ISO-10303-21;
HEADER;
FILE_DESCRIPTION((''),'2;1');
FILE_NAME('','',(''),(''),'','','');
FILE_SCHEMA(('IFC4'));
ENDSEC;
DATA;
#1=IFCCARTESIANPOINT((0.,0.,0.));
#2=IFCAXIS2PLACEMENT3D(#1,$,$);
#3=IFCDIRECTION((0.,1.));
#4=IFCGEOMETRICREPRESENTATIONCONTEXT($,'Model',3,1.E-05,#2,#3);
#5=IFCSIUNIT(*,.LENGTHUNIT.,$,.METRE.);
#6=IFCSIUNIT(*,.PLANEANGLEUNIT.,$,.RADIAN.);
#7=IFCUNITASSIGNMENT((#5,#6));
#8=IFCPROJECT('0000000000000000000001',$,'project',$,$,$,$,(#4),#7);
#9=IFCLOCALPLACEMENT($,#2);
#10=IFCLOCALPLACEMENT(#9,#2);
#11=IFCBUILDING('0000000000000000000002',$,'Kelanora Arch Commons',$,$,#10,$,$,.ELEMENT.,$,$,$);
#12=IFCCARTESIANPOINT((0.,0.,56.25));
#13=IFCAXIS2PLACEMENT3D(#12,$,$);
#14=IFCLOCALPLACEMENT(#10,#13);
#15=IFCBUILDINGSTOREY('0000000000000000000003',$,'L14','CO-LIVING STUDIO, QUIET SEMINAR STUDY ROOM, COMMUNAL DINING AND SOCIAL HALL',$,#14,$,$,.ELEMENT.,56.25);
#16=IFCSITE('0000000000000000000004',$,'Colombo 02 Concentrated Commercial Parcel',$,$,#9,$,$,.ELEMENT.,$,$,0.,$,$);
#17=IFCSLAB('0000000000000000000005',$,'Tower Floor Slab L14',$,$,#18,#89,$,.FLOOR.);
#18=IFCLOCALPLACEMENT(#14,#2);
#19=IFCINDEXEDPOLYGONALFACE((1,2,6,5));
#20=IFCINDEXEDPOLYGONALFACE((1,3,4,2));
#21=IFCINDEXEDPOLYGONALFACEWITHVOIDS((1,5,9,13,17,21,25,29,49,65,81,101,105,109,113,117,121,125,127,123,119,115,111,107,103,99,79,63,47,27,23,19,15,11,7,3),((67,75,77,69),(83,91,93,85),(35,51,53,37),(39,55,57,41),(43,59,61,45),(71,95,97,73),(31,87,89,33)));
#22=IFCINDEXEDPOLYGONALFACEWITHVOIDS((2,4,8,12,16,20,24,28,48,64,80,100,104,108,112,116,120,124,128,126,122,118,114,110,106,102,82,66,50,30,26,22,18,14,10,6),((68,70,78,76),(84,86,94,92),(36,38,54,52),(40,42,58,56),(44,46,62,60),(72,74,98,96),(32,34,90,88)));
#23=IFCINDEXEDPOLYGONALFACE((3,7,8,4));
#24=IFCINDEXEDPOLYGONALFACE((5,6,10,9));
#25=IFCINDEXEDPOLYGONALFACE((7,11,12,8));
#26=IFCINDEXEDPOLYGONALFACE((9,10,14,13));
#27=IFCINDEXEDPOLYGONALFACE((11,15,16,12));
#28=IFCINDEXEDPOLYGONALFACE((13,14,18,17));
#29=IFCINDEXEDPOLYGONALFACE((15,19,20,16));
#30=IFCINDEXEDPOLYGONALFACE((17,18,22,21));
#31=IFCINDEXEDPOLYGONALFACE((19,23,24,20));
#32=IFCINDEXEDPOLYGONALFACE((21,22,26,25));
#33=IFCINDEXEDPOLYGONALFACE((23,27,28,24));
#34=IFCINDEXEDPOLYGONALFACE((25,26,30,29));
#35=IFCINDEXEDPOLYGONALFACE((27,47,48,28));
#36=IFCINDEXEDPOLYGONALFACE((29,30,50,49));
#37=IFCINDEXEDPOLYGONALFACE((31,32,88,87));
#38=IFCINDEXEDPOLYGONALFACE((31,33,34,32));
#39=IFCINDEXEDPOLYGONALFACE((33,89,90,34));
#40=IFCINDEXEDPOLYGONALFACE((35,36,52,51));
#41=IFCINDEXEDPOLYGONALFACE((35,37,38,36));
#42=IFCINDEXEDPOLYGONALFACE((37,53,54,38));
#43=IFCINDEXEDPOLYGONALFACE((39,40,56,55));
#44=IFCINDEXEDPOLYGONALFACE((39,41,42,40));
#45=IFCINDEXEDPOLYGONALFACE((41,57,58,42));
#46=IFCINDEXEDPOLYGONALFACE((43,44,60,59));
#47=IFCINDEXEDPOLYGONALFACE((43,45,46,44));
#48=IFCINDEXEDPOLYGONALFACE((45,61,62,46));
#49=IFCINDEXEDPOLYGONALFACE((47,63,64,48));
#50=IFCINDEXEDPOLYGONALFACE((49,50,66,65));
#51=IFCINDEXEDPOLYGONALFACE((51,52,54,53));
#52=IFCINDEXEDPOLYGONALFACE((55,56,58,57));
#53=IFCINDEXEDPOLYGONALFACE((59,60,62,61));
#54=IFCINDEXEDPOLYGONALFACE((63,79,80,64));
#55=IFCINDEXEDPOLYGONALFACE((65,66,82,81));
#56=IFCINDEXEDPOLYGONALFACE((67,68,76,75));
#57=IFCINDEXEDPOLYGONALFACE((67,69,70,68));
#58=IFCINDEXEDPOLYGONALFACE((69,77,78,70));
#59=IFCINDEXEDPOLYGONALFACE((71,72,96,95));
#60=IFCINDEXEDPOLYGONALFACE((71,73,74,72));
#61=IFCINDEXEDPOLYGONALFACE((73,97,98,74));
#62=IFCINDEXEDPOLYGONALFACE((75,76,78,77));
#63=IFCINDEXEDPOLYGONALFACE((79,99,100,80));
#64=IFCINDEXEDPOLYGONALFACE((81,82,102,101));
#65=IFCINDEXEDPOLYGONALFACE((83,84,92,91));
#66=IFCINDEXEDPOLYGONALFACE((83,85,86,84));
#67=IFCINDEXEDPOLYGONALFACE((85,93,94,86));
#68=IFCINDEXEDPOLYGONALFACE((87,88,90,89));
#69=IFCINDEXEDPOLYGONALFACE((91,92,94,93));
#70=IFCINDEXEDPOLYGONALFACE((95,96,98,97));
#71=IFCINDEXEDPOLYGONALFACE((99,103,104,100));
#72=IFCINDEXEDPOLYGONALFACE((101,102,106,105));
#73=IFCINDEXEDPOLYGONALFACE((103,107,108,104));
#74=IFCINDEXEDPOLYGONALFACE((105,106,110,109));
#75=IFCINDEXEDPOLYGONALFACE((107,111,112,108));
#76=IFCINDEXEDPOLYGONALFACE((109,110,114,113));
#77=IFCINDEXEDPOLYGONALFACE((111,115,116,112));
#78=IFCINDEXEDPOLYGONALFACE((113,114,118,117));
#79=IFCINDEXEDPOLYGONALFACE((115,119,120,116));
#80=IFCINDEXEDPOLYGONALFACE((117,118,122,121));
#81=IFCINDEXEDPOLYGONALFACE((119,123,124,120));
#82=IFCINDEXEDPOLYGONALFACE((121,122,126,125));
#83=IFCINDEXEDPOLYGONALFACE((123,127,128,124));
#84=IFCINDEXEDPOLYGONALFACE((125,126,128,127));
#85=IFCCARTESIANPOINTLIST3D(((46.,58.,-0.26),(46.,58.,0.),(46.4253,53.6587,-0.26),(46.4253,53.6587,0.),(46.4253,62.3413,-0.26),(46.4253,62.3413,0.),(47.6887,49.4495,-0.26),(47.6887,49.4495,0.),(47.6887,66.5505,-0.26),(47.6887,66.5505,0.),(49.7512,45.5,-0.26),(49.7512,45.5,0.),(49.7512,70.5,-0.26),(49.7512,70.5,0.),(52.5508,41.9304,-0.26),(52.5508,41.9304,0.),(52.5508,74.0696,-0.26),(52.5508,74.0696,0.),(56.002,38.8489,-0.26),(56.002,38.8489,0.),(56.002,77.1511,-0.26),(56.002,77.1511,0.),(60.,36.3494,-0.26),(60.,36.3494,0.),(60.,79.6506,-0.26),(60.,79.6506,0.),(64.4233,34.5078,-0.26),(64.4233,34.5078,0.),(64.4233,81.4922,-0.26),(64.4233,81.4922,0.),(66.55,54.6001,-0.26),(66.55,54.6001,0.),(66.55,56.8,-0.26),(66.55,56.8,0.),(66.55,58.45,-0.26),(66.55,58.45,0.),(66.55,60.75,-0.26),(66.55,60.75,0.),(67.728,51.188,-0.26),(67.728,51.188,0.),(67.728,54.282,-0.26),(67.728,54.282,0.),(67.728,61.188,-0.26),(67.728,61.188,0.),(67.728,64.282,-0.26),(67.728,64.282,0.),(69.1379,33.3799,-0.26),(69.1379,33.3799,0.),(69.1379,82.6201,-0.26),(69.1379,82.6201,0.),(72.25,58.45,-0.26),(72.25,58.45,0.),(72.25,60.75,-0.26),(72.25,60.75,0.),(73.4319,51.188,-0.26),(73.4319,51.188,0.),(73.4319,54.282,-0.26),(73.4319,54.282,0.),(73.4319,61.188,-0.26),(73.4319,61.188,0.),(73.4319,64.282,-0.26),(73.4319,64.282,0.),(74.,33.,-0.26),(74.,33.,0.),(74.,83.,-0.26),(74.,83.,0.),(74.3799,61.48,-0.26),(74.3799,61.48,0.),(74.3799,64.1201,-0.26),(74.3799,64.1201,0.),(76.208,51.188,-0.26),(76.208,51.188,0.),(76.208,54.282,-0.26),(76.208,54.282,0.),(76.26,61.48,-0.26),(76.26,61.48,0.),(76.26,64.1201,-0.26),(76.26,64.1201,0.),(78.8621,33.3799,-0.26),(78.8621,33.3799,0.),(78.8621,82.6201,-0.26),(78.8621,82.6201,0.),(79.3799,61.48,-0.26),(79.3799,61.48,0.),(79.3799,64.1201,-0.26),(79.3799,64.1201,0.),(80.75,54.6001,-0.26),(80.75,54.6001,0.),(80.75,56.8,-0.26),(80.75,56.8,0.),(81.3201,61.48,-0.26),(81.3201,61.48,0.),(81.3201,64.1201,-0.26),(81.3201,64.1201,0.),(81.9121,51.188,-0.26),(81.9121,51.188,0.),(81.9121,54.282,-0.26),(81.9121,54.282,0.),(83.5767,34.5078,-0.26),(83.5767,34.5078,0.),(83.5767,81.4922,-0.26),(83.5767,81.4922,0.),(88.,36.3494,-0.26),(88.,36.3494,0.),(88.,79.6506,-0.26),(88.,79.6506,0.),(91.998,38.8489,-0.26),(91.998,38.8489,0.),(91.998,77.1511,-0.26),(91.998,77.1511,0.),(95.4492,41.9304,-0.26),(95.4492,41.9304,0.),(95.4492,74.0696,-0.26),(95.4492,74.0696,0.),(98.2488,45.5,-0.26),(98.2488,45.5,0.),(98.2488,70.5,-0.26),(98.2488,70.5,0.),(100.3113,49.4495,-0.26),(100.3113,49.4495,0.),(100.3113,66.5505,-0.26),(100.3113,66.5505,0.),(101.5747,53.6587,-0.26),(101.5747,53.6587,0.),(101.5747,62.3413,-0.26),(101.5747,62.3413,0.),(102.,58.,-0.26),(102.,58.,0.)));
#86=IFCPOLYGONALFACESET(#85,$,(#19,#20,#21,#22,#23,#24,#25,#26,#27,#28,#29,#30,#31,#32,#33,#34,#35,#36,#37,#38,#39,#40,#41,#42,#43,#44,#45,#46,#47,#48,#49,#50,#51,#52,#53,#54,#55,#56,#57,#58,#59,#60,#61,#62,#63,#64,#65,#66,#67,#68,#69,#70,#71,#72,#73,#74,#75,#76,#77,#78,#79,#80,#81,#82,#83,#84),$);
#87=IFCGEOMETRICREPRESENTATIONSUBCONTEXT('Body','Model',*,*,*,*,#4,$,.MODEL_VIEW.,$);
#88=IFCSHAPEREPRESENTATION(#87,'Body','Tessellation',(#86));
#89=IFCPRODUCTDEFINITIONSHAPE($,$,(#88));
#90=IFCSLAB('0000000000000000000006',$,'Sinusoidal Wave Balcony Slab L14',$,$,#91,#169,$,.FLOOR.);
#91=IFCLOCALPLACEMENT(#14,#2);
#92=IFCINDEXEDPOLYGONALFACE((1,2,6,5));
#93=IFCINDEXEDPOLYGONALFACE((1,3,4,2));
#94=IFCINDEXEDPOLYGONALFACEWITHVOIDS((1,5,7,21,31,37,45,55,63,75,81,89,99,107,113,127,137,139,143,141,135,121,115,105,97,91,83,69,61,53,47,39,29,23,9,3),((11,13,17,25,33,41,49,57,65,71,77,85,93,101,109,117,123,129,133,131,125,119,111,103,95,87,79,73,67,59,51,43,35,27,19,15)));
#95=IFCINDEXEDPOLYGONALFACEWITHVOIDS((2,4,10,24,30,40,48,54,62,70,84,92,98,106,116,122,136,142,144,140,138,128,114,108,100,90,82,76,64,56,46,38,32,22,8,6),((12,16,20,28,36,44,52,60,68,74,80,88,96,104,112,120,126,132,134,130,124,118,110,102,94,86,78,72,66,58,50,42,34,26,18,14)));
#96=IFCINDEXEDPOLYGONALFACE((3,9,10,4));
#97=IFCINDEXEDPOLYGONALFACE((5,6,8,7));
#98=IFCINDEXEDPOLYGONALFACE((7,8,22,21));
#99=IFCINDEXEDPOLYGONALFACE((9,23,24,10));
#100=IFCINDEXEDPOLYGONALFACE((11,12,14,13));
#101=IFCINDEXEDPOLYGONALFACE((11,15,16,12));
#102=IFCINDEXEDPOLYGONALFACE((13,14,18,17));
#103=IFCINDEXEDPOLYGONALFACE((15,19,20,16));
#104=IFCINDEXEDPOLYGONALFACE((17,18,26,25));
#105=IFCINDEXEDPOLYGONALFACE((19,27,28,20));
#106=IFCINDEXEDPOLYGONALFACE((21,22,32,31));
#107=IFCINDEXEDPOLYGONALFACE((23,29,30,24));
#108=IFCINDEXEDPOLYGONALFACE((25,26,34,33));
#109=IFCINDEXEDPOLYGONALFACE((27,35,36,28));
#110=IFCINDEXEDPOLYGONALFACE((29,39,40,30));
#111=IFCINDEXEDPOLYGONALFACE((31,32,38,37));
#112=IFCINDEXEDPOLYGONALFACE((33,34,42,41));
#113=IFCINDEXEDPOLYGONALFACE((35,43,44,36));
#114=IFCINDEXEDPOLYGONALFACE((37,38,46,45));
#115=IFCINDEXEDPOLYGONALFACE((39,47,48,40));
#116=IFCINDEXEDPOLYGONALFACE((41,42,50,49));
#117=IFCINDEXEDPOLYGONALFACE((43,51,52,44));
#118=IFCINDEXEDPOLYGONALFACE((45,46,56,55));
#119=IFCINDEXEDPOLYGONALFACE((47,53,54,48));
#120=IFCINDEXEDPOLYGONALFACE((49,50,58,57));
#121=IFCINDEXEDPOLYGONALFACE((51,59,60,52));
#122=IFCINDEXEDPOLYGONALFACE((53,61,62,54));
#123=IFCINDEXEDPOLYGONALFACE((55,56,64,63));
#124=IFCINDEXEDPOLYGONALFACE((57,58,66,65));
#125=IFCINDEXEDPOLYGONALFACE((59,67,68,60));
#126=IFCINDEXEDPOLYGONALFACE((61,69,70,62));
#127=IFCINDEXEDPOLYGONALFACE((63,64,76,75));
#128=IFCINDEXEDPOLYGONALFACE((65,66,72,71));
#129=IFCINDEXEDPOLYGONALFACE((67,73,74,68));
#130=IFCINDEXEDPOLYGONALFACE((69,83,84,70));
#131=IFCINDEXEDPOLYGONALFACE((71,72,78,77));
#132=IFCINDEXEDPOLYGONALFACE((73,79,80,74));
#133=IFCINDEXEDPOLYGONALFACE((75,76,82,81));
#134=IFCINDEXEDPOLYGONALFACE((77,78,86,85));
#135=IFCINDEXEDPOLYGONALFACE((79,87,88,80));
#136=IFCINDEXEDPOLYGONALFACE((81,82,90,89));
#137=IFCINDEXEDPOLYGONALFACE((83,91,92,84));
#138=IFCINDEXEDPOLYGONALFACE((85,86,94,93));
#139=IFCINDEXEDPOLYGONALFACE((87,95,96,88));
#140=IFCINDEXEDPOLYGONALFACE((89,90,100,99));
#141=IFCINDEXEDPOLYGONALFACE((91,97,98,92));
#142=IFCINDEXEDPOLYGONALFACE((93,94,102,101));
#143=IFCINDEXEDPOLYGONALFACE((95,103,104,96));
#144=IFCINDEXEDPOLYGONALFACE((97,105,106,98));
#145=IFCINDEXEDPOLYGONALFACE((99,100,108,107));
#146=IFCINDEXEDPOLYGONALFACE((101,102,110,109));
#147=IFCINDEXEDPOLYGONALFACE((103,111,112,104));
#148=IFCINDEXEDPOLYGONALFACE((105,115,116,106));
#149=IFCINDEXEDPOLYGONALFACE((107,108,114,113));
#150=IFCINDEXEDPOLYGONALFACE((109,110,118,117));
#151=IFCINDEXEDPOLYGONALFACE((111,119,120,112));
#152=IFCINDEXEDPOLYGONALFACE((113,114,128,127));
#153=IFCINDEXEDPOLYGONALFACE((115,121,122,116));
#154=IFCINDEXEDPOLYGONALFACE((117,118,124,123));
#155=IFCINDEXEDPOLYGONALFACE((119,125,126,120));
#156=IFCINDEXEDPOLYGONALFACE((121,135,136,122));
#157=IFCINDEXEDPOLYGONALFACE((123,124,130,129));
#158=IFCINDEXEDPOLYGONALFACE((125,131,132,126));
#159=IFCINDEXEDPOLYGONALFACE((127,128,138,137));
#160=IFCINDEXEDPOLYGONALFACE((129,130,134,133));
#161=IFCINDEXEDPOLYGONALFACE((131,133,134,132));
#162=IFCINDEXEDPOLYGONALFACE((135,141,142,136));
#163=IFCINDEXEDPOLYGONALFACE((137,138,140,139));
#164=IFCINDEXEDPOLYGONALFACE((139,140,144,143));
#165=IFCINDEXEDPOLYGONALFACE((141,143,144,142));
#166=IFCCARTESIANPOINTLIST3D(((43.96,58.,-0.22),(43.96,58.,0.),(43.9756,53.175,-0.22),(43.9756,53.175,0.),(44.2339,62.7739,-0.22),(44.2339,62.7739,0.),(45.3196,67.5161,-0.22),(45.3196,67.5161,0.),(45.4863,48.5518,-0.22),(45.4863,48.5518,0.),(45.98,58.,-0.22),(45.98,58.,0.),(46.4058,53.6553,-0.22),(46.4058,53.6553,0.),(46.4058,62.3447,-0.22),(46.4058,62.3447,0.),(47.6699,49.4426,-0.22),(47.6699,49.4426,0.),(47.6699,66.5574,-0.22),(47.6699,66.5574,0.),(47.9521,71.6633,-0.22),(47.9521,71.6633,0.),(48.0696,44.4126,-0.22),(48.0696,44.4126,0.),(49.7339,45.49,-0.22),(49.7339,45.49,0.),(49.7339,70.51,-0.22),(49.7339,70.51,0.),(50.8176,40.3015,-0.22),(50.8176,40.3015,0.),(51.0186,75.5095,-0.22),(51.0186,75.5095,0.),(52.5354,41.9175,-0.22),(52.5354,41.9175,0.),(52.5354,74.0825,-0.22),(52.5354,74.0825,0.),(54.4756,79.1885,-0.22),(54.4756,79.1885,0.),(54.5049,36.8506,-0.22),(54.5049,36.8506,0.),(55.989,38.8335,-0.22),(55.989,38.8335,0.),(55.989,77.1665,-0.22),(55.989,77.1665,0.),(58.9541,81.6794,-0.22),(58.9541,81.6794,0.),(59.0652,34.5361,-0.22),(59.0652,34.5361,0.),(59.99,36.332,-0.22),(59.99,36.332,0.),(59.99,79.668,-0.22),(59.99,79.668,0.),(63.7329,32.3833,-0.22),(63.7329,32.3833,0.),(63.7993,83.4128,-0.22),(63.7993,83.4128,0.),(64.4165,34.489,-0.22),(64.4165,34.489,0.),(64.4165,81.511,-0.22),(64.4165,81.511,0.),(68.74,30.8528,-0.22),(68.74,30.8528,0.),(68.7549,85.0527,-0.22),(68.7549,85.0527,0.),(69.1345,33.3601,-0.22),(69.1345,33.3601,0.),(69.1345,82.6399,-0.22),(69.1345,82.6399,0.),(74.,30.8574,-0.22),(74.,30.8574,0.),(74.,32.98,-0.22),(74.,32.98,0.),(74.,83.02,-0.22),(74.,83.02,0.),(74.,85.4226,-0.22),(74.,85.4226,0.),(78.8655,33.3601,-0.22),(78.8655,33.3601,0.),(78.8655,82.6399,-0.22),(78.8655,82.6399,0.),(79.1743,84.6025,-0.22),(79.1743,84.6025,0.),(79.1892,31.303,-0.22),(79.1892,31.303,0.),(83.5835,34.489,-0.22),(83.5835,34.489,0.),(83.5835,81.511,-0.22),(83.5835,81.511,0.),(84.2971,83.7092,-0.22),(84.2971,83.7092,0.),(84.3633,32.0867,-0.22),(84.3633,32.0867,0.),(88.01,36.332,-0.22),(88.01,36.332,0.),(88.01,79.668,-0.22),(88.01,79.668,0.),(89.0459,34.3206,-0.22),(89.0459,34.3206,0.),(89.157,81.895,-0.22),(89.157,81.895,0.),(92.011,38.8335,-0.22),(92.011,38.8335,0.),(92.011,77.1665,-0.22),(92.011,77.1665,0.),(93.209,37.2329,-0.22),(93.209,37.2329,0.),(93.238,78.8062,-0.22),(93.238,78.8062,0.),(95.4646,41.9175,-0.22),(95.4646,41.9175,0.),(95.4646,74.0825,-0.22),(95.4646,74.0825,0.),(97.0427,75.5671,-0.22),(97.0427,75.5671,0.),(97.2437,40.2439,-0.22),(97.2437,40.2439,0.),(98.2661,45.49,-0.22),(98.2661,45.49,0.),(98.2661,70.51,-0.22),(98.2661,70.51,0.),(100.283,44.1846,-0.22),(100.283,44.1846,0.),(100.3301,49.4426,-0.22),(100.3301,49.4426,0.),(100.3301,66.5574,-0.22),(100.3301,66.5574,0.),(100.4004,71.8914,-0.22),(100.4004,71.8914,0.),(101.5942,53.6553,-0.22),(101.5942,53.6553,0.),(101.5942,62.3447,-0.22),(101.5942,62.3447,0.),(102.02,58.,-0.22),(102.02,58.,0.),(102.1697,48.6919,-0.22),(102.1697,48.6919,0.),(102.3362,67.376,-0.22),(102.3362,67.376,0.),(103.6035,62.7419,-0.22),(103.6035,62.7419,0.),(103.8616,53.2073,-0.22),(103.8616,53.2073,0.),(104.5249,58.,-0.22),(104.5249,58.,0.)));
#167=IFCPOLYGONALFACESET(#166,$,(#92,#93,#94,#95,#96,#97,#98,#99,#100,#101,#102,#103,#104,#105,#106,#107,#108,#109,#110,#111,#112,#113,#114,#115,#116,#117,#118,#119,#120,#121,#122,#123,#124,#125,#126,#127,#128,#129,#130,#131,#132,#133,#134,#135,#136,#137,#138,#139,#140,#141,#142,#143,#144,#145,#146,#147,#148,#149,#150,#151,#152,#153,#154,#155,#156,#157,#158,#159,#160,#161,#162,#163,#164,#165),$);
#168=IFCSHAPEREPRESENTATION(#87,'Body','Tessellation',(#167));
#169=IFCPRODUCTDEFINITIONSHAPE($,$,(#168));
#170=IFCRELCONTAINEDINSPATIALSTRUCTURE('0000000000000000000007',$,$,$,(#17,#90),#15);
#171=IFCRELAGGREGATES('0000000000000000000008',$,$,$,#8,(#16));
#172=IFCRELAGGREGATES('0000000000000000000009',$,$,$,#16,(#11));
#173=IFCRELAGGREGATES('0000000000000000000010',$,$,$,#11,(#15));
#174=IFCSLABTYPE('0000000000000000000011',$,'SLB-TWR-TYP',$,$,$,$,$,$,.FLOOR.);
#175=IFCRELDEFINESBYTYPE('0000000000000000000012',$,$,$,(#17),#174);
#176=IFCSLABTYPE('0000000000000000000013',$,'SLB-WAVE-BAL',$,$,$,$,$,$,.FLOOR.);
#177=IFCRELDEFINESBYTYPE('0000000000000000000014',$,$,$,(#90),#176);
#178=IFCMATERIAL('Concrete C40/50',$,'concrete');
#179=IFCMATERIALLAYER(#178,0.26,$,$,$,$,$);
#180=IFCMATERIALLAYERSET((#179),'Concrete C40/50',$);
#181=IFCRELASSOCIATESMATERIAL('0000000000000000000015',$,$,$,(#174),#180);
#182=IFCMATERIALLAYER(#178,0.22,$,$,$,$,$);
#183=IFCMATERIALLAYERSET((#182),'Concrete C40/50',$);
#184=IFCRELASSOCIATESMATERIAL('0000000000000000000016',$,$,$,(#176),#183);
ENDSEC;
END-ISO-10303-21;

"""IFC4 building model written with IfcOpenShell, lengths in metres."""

from ifc_helpers import new_model, si_unit, direction, frame, origin, place, context, subcontext, project, spatial, polyline, outline, extrude, material, layer, layer_set, type_object, element, save


model = new_model("IFC4")

# Units and contexts
model_context = context("Model", 3, precision=1e-05, world=origin(), true_north=direction((0.0, 1.0)))
body_context = subcontext(model_context, "Body", "Model", "MODEL_VIEW")
ifc_project = project(units=[si_unit("LENGTHUNIT", "METRE"), si_unit("PLANEANGLEUNIT", "RADIAN")], contexts=[model_context])

# Site, building, storey
site_placement = place(None, origin())
site = spatial("IfcSite", under=ifc_project, at=site_placement, Name="Colombo 02 Concentrated Commercial Parcel", CompositionType="ELEMENT", RefElevation=0.0)
building_placement = place(site_placement, origin())
building = spatial("IfcBuilding", under=site, at=building_placement, Name="Kelanora Arch Commons", CompositionType="ELEMENT")
storey_placement = place(building_placement, frame((0.0, 0.0, 56.25)))
storey = spatial("IfcBuildingStorey", under=building, at=storey_placement, Name="L14", Description="CO-LIVING STUDIO, QUIET SEMINAR STUDY ROOM, COMMUNAL DINING AND SOCIAL HALL", CompositionType="ELEMENT", Elevation=56.25)

# Shared definitions
ifc_material_1 = material(Name="Concrete C40/50", Category="concrete")

# Slabs
ifc_layer_1 = layer(ifc_material_1, 0.26)
ifc_layer_set_1 = layer_set([ifc_layer_1], Name="Concrete C40/50")
slab_type_1 = type_object("IfcSlabType", Name="SLB-TWR-TYP", PredefinedType="FLOOR", material=ifc_layer_set_1)
slab_1_placement = place(storey_placement, frame((0.0, 0.0, -0.26)))
element("IfcSlab", 1, at=slab_1_placement, inside=storey, type_object=slab_type_1, Name="Tower Floor Slab L14", PredefinedType="FLOOR", context=body_context, shape_type="SweptSolid", body=[
    extrude(outline(polyline([(102.0, 58.0), (101.5747, 62.3413), (100.3113, 66.5505), (98.2488, 70.5), (95.4492, 74.0696), (91.998, 77.1511), (88.0, 79.6506), (83.5767, 81.4922), (78.8621, 82.6201), (74.0, 83.0), (69.1379, 82.6201), (64.4233, 81.4922), (60.0, 79.6506), (56.002, 77.1511), (52.5508, 74.0696), (49.7512, 70.5), (47.6887, 66.5505), (46.4253, 62.3413), (46.0, 58.0), (46.4253, 53.6587), (47.6887, 49.4495), (49.7512, 45.5), (52.5508, 41.9304), (56.002, 38.8489), (60.0, 36.3494), (64.4233, 34.5078), (69.1379, 33.3799), (74.0, 33.0), (78.8621, 33.3799), (83.5767, 34.5078), (88.0, 36.3494), (91.998, 38.8489), (95.4492, 41.9304), (98.2488, 45.5), (100.3113, 49.4495), (101.5747, 53.6587), (102.0, 58.0)]), holes=[polyline([(73.4319, 51.188), (67.728, 51.188), (67.728, 54.282), (73.4319, 54.282), (73.4319, 51.188)]), polyline([(76.208, 51.188), (76.208, 54.282), (81.9121, 54.282), (81.9121, 51.188), (76.208, 51.188)]), polyline([(66.55, 54.6001), (66.55, 56.8), (80.75, 56.8), (80.75, 54.6001), (66.55, 54.6001)]), polyline([(66.55, 58.45), (66.55, 60.75), (72.25, 60.75), (72.25, 58.45), (66.55, 58.45)]), polyline([(67.728, 61.188), (67.728, 64.282), (73.4319, 64.282), (73.4319, 61.188), (67.728, 61.188)]), polyline([(74.3799, 61.48), (74.3799, 64.1201), (76.26, 64.1201), (76.26, 61.48), (74.3799, 61.48)]), polyline([(79.3799, 61.48), (79.3799, 64.1201), (81.3201, 64.1201), (81.3201, 61.48), (79.3799, 61.48)])]), origin(), (0.0, 0.0, 1.0), 0.26),
])
ifc_layer_2 = layer(ifc_material_1, 0.22)
ifc_layer_set_2 = layer_set([ifc_layer_2], Name="Concrete C40/50")
slab_type_2 = type_object("IfcSlabType", Name="SLB-WAVE-BAL", PredefinedType="FLOOR", material=ifc_layer_set_2)
slab_2_placement = place(storey_placement, frame((0.0, 0.0, -0.22)))
element("IfcSlab", 2, at=slab_2_placement, inside=storey, type_object=slab_type_2, Name="Sinusoidal Wave Balcony Slab L14", PredefinedType="FLOOR", context=body_context, shape_type="SweptSolid", body=[
    extrude(outline(polyline([(104.5249, 58.0), (103.6035, 62.7419), (102.3362, 67.376), (100.4004, 71.8914), (97.0427, 75.5671), (93.238, 78.8062), (89.157, 81.895), (84.2971, 83.7092), (79.1743, 84.6025), (74.0, 85.4226), (68.7549, 85.0527), (63.7993, 83.4128), (58.9541, 81.6794), (54.4756, 79.1885), (51.0186, 75.5095), (47.9521, 71.6633), (45.3196, 67.5161), (44.2339, 62.7739), (43.96, 58.0), (43.9756, 53.175), (45.4863, 48.5518), (48.0696, 44.4126), (50.8176, 40.3015), (54.5049, 36.8506), (59.0652, 34.5361), (63.7329, 32.3833), (68.74, 30.8528), (74.0, 30.8574), (79.1892, 31.303), (84.3633, 32.0867), (89.0459, 34.3206), (93.209, 37.2329), (97.2437, 40.2439), (100.283, 44.1846), (102.1697, 48.6919), (103.8616, 53.2073), (104.5249, 58.0)]), holes=[polyline([(101.5942, 53.6553), (100.3301, 49.4426), (98.2661, 45.49), (95.4646, 41.9175), (92.011, 38.8335), (88.01, 36.332), (83.5835, 34.489), (78.8655, 33.3601), (74.0, 32.98), (69.1345, 33.3601), (64.4165, 34.489), (59.99, 36.332), (55.989, 38.8335), (52.5354, 41.9175), (49.7339, 45.49), (47.6699, 49.4426), (46.4058, 53.6553), (45.98, 58.0), (46.4058, 62.3447), (47.6699, 66.5574), (49.7339, 70.51), (52.5354, 74.0825), (55.989, 77.1665), (59.99, 79.668), (64.4165, 81.511), (69.1345, 82.6399), (74.0, 83.02), (78.8655, 82.6399), (83.5835, 81.511), (88.01, 79.668), (92.011, 77.1665), (95.4646, 74.0825), (98.2661, 70.51), (100.3301, 66.5574), (101.5942, 62.3447), (102.02, 58.0), (101.5942, 53.6553)])]), origin(), (0.0, 0.0, 1.0), 0.22),
])

save(model, "model.ifc")
